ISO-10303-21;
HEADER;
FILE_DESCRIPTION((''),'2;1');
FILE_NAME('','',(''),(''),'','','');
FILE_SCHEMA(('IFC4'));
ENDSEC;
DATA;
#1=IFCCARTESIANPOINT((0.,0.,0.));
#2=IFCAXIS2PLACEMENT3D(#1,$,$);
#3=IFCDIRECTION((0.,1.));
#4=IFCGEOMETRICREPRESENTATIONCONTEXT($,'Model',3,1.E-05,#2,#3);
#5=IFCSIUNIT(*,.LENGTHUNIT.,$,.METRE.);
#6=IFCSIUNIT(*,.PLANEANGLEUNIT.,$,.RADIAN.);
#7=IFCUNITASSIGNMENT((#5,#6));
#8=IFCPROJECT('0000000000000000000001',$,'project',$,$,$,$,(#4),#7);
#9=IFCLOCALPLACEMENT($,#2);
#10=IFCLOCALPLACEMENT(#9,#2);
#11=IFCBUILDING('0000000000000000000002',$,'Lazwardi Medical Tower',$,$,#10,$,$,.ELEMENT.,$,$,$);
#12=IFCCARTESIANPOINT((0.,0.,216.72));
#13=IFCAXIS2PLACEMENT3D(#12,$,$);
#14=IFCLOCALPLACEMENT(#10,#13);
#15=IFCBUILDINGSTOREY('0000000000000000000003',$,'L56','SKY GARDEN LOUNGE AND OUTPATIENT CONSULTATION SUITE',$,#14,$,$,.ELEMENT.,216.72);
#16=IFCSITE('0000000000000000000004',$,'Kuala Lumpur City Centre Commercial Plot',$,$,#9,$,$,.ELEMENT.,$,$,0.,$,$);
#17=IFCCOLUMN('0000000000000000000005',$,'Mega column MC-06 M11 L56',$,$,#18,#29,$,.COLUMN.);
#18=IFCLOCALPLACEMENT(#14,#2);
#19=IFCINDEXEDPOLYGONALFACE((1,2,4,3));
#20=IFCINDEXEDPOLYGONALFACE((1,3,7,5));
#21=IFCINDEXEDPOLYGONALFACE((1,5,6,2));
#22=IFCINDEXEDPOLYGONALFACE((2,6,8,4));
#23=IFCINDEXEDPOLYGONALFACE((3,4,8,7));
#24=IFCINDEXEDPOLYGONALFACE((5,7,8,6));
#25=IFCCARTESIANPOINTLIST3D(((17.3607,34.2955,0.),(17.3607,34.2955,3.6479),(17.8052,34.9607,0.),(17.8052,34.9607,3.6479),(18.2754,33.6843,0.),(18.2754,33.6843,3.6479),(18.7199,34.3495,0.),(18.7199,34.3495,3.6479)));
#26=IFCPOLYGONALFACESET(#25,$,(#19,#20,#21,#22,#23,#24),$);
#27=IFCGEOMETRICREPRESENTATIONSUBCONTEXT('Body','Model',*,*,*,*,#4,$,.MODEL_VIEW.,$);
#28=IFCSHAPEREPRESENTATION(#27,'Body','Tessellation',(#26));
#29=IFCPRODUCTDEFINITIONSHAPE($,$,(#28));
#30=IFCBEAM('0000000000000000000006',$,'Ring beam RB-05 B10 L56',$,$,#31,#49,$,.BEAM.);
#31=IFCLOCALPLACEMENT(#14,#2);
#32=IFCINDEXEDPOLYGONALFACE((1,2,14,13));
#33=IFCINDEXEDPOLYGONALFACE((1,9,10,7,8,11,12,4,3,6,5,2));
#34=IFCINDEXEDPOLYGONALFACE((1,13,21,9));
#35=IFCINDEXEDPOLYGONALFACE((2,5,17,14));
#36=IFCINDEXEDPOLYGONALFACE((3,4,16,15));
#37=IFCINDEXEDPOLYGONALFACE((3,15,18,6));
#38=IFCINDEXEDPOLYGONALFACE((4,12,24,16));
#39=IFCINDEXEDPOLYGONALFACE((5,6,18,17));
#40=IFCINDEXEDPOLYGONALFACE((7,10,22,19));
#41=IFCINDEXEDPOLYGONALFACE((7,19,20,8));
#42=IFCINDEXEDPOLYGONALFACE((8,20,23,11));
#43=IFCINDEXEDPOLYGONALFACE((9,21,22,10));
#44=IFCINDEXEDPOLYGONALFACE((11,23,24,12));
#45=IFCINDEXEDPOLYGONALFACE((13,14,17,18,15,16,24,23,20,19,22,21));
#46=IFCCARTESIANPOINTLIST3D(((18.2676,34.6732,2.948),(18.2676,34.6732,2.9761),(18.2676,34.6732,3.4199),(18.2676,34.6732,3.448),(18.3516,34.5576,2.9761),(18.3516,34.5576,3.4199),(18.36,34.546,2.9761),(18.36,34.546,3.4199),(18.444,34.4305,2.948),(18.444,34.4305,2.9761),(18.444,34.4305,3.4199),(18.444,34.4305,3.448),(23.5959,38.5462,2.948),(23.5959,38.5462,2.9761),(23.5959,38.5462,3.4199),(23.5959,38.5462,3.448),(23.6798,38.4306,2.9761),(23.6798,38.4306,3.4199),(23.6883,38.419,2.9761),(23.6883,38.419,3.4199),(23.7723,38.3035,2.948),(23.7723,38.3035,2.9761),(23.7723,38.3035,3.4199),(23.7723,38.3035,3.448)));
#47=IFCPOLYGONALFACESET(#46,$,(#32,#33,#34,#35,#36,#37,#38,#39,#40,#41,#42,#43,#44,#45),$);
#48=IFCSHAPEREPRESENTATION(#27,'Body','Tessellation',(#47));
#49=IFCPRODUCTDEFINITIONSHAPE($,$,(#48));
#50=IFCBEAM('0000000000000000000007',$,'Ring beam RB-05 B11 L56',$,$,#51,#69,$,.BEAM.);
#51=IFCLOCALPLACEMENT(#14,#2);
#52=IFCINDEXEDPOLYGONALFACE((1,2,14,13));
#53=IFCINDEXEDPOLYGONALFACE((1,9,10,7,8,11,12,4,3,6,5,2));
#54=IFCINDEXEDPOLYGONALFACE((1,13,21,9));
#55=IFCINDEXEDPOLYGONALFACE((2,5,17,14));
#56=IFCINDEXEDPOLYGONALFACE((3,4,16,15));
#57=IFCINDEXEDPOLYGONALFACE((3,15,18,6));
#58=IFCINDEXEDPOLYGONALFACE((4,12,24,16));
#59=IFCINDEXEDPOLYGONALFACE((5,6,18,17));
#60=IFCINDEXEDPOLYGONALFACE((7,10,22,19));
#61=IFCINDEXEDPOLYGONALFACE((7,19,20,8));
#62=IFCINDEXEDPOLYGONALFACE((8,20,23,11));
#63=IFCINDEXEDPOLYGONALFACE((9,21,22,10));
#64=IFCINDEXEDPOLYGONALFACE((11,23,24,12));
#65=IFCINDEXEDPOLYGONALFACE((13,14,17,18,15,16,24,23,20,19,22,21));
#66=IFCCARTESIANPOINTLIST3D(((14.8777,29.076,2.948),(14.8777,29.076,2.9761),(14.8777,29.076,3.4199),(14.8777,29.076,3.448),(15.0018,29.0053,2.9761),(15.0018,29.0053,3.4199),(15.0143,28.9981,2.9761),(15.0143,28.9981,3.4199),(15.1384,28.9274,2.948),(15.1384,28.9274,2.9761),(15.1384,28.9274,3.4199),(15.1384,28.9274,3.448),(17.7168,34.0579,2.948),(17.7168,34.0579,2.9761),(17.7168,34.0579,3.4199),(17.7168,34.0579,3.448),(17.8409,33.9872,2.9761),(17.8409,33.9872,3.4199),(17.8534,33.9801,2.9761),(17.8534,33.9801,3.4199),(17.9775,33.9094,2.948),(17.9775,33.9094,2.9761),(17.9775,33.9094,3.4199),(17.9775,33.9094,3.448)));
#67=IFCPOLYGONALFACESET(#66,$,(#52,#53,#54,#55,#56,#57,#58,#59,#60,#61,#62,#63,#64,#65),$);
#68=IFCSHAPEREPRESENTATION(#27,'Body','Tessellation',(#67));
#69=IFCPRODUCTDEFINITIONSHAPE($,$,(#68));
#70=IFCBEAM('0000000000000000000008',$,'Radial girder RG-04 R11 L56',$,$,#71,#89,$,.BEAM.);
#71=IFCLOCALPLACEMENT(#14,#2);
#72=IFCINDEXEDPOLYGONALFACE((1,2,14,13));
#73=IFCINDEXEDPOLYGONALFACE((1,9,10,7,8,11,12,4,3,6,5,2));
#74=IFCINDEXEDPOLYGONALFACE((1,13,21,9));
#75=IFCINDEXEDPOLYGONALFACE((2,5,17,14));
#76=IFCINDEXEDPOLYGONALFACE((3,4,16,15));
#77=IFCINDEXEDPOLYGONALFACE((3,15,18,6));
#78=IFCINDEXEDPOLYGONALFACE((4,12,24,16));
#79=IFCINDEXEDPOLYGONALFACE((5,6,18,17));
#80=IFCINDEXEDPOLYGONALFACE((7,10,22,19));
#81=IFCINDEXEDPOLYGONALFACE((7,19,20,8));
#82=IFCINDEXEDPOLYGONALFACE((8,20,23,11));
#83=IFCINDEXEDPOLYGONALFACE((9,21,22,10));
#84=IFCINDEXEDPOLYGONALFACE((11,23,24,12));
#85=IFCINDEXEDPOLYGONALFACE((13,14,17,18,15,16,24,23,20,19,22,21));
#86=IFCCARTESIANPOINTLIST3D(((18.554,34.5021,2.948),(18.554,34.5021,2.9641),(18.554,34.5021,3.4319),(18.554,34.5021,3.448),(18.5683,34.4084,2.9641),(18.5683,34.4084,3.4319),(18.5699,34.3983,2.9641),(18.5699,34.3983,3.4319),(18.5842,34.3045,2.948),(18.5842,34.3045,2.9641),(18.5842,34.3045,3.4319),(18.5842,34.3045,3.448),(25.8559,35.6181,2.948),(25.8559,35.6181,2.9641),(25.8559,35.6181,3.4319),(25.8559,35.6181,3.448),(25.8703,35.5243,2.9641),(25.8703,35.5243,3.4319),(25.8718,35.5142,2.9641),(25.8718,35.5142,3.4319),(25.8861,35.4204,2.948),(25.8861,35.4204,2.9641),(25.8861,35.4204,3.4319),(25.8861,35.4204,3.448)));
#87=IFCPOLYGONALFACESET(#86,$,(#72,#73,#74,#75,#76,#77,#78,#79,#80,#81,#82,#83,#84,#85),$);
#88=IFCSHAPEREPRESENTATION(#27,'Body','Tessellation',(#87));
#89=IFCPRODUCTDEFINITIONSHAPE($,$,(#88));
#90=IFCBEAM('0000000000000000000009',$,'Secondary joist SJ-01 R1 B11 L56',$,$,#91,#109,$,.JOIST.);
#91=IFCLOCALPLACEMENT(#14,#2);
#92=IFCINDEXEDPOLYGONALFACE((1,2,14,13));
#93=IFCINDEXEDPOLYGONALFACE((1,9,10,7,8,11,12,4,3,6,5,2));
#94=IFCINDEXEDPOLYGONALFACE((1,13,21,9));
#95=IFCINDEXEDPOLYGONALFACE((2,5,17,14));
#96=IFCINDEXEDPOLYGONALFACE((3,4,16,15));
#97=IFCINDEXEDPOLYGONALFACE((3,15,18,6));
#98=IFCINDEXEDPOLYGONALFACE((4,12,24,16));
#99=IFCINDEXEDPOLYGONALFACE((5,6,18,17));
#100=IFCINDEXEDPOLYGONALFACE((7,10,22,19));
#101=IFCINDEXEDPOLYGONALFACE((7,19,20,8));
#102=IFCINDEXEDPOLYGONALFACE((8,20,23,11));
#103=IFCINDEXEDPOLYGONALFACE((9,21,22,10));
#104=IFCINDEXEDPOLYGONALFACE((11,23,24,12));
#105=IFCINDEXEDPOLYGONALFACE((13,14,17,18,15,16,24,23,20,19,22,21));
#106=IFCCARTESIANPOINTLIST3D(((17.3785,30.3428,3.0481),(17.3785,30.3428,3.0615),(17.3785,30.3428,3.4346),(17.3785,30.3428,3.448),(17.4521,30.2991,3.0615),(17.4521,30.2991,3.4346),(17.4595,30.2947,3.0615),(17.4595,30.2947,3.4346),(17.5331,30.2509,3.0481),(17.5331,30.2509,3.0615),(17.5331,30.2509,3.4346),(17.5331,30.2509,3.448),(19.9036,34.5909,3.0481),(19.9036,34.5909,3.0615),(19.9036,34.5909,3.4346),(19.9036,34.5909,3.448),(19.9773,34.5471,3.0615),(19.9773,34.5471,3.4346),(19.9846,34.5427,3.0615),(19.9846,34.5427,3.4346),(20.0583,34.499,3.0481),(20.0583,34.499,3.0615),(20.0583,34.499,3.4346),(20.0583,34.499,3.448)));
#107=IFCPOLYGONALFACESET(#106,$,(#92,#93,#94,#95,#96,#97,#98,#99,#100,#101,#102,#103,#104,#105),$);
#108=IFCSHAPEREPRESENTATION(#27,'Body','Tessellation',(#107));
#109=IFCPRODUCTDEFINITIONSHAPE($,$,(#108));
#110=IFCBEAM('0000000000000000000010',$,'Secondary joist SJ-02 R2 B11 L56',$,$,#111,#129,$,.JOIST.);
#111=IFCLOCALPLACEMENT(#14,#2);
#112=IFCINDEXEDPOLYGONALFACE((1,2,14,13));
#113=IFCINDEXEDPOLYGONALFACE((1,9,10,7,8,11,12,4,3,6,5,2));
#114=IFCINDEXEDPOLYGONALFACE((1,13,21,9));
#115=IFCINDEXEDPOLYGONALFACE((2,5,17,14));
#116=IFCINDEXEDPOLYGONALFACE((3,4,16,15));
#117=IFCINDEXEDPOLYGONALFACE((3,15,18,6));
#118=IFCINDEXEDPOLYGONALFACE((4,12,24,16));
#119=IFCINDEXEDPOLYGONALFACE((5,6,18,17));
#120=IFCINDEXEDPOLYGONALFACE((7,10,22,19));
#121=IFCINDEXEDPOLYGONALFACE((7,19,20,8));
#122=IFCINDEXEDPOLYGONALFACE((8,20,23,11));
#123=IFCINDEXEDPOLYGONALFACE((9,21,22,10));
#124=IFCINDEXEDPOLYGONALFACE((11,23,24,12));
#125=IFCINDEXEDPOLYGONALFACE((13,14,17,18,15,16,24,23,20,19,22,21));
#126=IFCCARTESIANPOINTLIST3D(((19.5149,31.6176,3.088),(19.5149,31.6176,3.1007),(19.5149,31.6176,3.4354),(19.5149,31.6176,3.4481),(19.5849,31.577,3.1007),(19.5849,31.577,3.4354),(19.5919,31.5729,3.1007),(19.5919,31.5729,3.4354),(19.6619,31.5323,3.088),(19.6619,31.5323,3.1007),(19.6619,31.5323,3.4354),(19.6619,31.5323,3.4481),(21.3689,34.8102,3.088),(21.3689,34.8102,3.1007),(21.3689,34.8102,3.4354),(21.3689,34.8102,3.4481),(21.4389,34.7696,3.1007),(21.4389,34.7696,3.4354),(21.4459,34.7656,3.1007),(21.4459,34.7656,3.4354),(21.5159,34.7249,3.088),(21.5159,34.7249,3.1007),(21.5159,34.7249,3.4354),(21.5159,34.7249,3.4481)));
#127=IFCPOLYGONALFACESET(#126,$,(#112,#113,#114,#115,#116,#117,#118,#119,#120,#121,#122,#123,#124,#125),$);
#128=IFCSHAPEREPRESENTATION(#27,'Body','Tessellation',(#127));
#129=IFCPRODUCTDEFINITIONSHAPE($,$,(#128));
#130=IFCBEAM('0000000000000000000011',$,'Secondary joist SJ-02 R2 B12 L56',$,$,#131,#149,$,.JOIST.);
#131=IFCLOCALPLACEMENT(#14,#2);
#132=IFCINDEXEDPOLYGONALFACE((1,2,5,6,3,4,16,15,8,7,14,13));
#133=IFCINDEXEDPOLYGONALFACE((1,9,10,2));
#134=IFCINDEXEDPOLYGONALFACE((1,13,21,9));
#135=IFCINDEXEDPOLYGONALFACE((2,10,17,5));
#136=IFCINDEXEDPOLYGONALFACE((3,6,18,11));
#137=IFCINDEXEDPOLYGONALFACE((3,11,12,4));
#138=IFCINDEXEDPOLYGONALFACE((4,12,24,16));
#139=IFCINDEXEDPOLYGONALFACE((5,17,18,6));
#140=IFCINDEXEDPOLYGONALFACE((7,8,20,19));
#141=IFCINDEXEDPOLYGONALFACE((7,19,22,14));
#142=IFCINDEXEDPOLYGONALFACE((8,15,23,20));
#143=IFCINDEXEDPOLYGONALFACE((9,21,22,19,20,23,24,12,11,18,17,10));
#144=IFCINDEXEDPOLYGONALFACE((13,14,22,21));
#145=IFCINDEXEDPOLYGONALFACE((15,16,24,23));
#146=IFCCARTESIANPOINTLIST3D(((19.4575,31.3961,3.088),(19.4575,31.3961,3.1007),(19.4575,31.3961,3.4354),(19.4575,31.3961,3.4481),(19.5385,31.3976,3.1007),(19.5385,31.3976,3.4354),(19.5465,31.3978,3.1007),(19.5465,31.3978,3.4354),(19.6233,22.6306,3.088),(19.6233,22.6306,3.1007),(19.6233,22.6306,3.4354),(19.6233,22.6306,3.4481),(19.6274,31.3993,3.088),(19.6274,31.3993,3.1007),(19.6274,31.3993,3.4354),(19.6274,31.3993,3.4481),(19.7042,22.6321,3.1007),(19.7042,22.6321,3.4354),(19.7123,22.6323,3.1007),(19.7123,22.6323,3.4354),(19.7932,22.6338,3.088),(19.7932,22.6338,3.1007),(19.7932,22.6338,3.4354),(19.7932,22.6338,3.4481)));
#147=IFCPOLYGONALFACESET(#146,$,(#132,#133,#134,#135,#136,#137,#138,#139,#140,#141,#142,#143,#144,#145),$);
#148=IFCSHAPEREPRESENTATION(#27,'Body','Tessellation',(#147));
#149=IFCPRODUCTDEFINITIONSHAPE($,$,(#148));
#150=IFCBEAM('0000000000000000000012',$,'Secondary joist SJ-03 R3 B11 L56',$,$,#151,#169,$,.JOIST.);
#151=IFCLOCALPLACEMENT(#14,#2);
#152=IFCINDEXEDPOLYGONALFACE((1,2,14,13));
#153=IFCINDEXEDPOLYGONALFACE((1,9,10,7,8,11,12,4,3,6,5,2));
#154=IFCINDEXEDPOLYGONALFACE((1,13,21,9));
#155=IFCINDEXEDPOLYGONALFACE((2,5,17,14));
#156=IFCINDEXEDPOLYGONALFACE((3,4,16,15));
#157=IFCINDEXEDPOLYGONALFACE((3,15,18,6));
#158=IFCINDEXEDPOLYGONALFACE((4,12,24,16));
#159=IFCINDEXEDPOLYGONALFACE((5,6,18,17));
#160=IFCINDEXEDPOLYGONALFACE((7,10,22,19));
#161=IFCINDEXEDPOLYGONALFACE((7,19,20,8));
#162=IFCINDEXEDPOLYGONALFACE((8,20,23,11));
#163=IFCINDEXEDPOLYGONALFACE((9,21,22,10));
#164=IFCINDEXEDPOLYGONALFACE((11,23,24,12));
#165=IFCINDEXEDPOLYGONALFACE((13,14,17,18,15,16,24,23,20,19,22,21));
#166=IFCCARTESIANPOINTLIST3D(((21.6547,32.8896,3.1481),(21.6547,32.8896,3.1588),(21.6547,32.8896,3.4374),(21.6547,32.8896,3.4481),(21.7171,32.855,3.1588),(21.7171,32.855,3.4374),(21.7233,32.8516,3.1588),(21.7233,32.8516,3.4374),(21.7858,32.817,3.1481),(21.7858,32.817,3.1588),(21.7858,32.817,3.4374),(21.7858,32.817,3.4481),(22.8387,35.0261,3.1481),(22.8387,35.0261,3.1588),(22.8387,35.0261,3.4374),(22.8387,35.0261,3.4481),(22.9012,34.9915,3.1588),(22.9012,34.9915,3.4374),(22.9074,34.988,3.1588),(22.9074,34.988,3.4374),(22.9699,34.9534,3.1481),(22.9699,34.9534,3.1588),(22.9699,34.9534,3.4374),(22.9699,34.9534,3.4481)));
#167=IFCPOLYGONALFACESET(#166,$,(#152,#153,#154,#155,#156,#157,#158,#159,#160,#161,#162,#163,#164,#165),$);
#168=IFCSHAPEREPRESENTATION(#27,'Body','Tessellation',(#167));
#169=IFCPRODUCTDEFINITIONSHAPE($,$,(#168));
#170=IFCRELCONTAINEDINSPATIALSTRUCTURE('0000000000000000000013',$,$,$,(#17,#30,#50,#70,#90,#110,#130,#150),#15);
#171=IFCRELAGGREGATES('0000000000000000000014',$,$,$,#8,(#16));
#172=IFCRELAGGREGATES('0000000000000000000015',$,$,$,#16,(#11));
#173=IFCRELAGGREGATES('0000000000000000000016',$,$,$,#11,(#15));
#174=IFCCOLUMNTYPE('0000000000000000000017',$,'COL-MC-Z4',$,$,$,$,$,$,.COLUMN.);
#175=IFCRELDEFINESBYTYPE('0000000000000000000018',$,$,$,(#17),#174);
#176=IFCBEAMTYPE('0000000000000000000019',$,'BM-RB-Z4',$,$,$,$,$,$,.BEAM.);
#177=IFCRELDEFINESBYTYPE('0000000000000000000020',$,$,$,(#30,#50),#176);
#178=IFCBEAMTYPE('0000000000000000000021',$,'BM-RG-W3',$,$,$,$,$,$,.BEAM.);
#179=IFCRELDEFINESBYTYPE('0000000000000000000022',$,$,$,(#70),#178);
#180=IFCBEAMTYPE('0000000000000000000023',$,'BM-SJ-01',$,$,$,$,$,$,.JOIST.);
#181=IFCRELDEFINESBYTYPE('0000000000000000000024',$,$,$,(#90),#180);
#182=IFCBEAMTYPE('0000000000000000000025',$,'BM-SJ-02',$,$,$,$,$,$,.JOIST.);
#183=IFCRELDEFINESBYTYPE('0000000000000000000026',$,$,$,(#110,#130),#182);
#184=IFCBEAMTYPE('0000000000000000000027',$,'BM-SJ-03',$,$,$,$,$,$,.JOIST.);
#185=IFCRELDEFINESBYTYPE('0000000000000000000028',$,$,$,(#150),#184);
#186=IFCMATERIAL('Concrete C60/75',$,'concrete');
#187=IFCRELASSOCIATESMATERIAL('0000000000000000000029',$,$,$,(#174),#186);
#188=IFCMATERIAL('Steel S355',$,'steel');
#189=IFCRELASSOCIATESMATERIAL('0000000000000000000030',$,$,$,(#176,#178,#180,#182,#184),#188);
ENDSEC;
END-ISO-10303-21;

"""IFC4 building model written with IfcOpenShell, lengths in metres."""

from ifc_helpers import new_model, si_unit, direction, frame, origin, origin_2d, place, context, subcontext, project, spatial, rectangle, i_section, extrude, material, material_profile, profile_set, type_object, element, save


model = new_model("IFC4")

# Units and contexts
model_context = context("Model", 3, precision=1e-05, world=origin(), true_north=direction((0.0, 1.0)))
body_context = subcontext(model_context, "Body", "Model", "MODEL_VIEW")
ifc_project = project(units=[si_unit("LENGTHUNIT", "METRE"), si_unit("PLANEANGLEUNIT", "RADIAN")], contexts=[model_context])

# Site, building, storey
site_placement = place(None, origin())
site = spatial("IfcSite", under=ifc_project, at=site_placement, Name="Kuala Lumpur City Centre Commercial Plot", CompositionType="ELEMENT", RefElevation=0.0)
building_placement = place(site_placement, origin())
building = spatial("IfcBuilding", under=site, at=building_placement, Name="Lazwardi Medical Tower", CompositionType="ELEMENT")
storey_placement = place(building_placement, frame((0.0, 0.0, 216.72)))
storey = spatial("IfcBuildingStorey", under=building, at=storey_placement, Name="L56", Description="SKY GARDEN LOUNGE AND OUTPATIENT CONSULTATION SUITE", CompositionType="ELEMENT", Elevation=216.72)

# Column
ifc_material_1 = material(Name="Concrete C60/75", Category="concrete")
ifc_material_profile_1 = material_profile(ifc_material_1, rectangle(XDim=1.1001, YDim=0.8, at=origin_2d()), Name="CFT-RECT 1100x800")
ifc_profile_set_1 = profile_set([ifc_material_profile_1], Name="Concrete C60/75")
column_type = type_object("IfcColumnType", Name="COL-MC-Z4", PredefinedType="COLUMN", material=ifc_profile_set_1)
column_placement = place(storey_placement, frame((18.0403, 34.3225, 0.0), z_axis=(0.0, 0.0, 1.0), x_axis=(-0.83147, 0.55557, 0.0)))
element("IfcColumn", 1, at=column_placement, inside=storey, type_object=column_type, Name="Mega column MC-06 M11 L56", PredefinedType="COLUMN", context=body_context, shape_type="SweptSolid", body=[
    extrude(rectangle(XDim=1.1001, YDim=0.8, at=origin_2d()), origin(), (0.0, 0.0, 1.0), 3.6479),
])

# Beams
ifc_material_2 = material(Name="Steel S355", Category="steel")
ifc_material_profile_2 = material_profile(ifc_material_2, i_section(OverallWidth=0.3, OverallDepth=0.5, WebThickness=0.0144, FlangeThickness=0.0281, at=origin_2d()), Name="HEB 500")
ifc_profile_set_2 = profile_set([ifc_material_profile_2], Name="Steel S355")
beam_type_1 = type_object("IfcBeamType", Name="BM-RB-Z4", PredefinedType="BEAM", material=ifc_profile_set_2)
beam_1_placement = place(storey_placement, frame((23.6841, 38.4248, 3.198), z_axis=(-0.80889, -0.58796, 0.0), x_axis=(0.58796, -0.80889, 0.0)))
element("IfcBeam", 2, at=beam_1_placement, inside=storey, type_object=beam_type_1, Name="Ring beam RB-05 B10 L56", PredefinedType="BEAM", context=body_context, shape_type="SweptSolid", body=[
    extrude(i_section(OverallWidth=0.3, OverallDepth=0.5, WebThickness=0.0144, FlangeThickness=0.0281, at=origin_2d()), origin(), (0.0, 0.0, 1.0), 6.5872),
])
beam_2_placement = place(storey_placement, frame((17.8472, 33.9836, 3.198), z_axis=(-0.495125, -0.868822, 0.0), x_axis=(0.868822, -0.495125, 0.0)))
element("IfcBeam", 3, at=beam_2_placement, inside=storey, type_object=beam_type_1, Name="Ring beam RB-05 B11 L56", PredefinedType="BEAM", context=body_context, shape_type="SweptSolid", body=[
    extrude(i_section(OverallWidth=0.3, OverallDepth=0.5, WebThickness=0.0144, FlangeThickness=0.0281, at=origin_2d()), origin(), (0.0, 0.0, 1.0), 5.7341),
])
ifc_material_profile_3 = material_profile(ifc_material_2, i_section(OverallWidth=0.2, OverallDepth=0.5, WebThickness=0.0103, FlangeThickness=0.0161, at=origin_2d()), Name="IPE 500")
ifc_profile_set_3 = profile_set([ifc_material_profile_3], Name="Steel S355")
beam_type_2 = type_object("IfcBeamType", Name="BM-RG-W3", PredefinedType="BEAM", material=ifc_profile_set_3)
beam_3_placement = place(storey_placement, frame((18.5691, 34.4033, 3.198), z_axis=(0.988522, 0.151076, 0.0), x_axis=(-0.151076, 0.988522, 0.0)))
element("IfcBeam", 4, at=beam_3_placement, inside=storey, type_object=beam_type_2, Name="Radial girder RG-04 R11 L56", PredefinedType="BEAM", context=body_context, shape_type="SweptSolid", body=[
    extrude(i_section(OverallWidth=0.2, OverallDepth=0.5, WebThickness=0.0103, FlangeThickness=0.0161, at=origin_2d()), origin(), (0.0, 0.0, 1.0), 7.3867),
])
ifc_material_profile_4 = material_profile(ifc_material_2, i_section(OverallWidth=0.1799, OverallDepth=0.3999, WebThickness=0.0085, FlangeThickness=0.0134, at=origin_2d()), Name="IPE 400")
ifc_profile_set_4 = profile_set([ifc_material_profile_4], Name="Steel S355")
beam_type_3 = type_object("IfcBeamType", Name="BM-SJ-01", PredefinedType="JOIST", material=ifc_profile_set_4)
beam_4_placement = place(storey_placement, frame((19.981, 34.5449, 3.248), z_axis=(-0.510968, -0.8596, 0.0), x_axis=(0.8596, -0.510968, 0.0)))
element("IfcBeam", 5, at=beam_4_placement, inside=storey, type_object=beam_type_3, Name="Secondary joist SJ-01 R1 B11 L56", PredefinedType="JOIST", context=body_context, shape_type="SweptSolid", body=[
    extrude(i_section(OverallWidth=0.1799, OverallDepth=0.3999, WebThickness=0.0085, FlangeThickness=0.0134, at=origin_2d()), origin(), (0.0, 0.0, 1.0), 4.9419),
])
ifc_material_profile_5 = material_profile(ifc_material_2, i_section(OverallWidth=0.1699, OverallDepth=0.3601, WebThickness=0.0081, FlangeThickness=0.0127, at=origin_2d()), Name="IPE 360")
ifc_profile_set_5 = profile_set([ifc_material_profile_5], Name="Steel S355")
beam_type_4 = type_object("IfcBeamType", Name="BM-SJ-02", PredefinedType="JOIST", material=ifc_profile_set_5)
beam_5_placement = place(storey_placement, frame((21.4424, 34.7676, 3.2681), z_axis=(-0.50218, -0.864763, 0.0), x_axis=(0.864763, -0.50218, 0.0)))
element("IfcBeam", 6, at=beam_5_placement, inside=storey, type_object=beam_type_4, Name="Secondary joist SJ-02 R2 B11 L56", PredefinedType="JOIST", context=body_context, shape_type="SweptSolid", body=[
    extrude(i_section(OverallWidth=0.1699, OverallDepth=0.3601, WebThickness=0.0081, FlangeThickness=0.0127, at=origin_2d()), origin(), (0.0, 0.0, 1.0), 3.6919),
])
beam_6_placement = place(storey_placement, frame((19.5425, 31.3977, 3.2681), z_axis=(0.018908, -0.999821, 0.0), x_axis=(0.999821, 0.018908, 0.0)))
element("IfcBeam", 7, at=beam_6_placement, inside=storey, type_object=beam_type_4, Name="Secondary joist SJ-02 R2 B12 L56", PredefinedType="JOIST", context=body_context, shape_type="SweptSolid", body=[
    extrude(i_section(OverallWidth=0.1699, OverallDepth=0.3601, WebThickness=0.0081, FlangeThickness=0.0127, at=origin_2d()), origin(), (0.0, 0.0, 1.0), 8.7671),
])
ifc_material_profile_6 = material_profile(ifc_material_2, i_section(OverallWidth=0.1499, OverallDepth=0.3, WebThickness=0.0071, FlangeThickness=0.0107, at=origin_2d()), Name="IPE 300")
ifc_profile_set_6 = profile_set([ifc_material_profile_6], Name="Steel S355")
beam_type_5 = type_object("IfcBeamType", Name="BM-SJ-03", PredefinedType="JOIST", material=ifc_profile_set_6)
beam_7_placement = place(storey_placement, frame((22.9043, 34.9897, 3.2981), z_axis=(-0.484752, -0.874652, 0.0), x_axis=(0.874652, -0.484752, 0.0)))
element("IfcBeam", 8, at=beam_7_placement, inside=storey, type_object=beam_type_5, Name="Secondary joist SJ-03 R3 B11 L56", PredefinedType="JOIST", context=body_context, shape_type="SweptSolid", body=[
    extrude(i_section(OverallWidth=0.1499, OverallDepth=0.3, WebThickness=0.0071, FlangeThickness=0.0107, at=origin_2d()), origin(), (0.0, 0.0, 1.0), 2.4426),
])

save(model, "model.ifc")
